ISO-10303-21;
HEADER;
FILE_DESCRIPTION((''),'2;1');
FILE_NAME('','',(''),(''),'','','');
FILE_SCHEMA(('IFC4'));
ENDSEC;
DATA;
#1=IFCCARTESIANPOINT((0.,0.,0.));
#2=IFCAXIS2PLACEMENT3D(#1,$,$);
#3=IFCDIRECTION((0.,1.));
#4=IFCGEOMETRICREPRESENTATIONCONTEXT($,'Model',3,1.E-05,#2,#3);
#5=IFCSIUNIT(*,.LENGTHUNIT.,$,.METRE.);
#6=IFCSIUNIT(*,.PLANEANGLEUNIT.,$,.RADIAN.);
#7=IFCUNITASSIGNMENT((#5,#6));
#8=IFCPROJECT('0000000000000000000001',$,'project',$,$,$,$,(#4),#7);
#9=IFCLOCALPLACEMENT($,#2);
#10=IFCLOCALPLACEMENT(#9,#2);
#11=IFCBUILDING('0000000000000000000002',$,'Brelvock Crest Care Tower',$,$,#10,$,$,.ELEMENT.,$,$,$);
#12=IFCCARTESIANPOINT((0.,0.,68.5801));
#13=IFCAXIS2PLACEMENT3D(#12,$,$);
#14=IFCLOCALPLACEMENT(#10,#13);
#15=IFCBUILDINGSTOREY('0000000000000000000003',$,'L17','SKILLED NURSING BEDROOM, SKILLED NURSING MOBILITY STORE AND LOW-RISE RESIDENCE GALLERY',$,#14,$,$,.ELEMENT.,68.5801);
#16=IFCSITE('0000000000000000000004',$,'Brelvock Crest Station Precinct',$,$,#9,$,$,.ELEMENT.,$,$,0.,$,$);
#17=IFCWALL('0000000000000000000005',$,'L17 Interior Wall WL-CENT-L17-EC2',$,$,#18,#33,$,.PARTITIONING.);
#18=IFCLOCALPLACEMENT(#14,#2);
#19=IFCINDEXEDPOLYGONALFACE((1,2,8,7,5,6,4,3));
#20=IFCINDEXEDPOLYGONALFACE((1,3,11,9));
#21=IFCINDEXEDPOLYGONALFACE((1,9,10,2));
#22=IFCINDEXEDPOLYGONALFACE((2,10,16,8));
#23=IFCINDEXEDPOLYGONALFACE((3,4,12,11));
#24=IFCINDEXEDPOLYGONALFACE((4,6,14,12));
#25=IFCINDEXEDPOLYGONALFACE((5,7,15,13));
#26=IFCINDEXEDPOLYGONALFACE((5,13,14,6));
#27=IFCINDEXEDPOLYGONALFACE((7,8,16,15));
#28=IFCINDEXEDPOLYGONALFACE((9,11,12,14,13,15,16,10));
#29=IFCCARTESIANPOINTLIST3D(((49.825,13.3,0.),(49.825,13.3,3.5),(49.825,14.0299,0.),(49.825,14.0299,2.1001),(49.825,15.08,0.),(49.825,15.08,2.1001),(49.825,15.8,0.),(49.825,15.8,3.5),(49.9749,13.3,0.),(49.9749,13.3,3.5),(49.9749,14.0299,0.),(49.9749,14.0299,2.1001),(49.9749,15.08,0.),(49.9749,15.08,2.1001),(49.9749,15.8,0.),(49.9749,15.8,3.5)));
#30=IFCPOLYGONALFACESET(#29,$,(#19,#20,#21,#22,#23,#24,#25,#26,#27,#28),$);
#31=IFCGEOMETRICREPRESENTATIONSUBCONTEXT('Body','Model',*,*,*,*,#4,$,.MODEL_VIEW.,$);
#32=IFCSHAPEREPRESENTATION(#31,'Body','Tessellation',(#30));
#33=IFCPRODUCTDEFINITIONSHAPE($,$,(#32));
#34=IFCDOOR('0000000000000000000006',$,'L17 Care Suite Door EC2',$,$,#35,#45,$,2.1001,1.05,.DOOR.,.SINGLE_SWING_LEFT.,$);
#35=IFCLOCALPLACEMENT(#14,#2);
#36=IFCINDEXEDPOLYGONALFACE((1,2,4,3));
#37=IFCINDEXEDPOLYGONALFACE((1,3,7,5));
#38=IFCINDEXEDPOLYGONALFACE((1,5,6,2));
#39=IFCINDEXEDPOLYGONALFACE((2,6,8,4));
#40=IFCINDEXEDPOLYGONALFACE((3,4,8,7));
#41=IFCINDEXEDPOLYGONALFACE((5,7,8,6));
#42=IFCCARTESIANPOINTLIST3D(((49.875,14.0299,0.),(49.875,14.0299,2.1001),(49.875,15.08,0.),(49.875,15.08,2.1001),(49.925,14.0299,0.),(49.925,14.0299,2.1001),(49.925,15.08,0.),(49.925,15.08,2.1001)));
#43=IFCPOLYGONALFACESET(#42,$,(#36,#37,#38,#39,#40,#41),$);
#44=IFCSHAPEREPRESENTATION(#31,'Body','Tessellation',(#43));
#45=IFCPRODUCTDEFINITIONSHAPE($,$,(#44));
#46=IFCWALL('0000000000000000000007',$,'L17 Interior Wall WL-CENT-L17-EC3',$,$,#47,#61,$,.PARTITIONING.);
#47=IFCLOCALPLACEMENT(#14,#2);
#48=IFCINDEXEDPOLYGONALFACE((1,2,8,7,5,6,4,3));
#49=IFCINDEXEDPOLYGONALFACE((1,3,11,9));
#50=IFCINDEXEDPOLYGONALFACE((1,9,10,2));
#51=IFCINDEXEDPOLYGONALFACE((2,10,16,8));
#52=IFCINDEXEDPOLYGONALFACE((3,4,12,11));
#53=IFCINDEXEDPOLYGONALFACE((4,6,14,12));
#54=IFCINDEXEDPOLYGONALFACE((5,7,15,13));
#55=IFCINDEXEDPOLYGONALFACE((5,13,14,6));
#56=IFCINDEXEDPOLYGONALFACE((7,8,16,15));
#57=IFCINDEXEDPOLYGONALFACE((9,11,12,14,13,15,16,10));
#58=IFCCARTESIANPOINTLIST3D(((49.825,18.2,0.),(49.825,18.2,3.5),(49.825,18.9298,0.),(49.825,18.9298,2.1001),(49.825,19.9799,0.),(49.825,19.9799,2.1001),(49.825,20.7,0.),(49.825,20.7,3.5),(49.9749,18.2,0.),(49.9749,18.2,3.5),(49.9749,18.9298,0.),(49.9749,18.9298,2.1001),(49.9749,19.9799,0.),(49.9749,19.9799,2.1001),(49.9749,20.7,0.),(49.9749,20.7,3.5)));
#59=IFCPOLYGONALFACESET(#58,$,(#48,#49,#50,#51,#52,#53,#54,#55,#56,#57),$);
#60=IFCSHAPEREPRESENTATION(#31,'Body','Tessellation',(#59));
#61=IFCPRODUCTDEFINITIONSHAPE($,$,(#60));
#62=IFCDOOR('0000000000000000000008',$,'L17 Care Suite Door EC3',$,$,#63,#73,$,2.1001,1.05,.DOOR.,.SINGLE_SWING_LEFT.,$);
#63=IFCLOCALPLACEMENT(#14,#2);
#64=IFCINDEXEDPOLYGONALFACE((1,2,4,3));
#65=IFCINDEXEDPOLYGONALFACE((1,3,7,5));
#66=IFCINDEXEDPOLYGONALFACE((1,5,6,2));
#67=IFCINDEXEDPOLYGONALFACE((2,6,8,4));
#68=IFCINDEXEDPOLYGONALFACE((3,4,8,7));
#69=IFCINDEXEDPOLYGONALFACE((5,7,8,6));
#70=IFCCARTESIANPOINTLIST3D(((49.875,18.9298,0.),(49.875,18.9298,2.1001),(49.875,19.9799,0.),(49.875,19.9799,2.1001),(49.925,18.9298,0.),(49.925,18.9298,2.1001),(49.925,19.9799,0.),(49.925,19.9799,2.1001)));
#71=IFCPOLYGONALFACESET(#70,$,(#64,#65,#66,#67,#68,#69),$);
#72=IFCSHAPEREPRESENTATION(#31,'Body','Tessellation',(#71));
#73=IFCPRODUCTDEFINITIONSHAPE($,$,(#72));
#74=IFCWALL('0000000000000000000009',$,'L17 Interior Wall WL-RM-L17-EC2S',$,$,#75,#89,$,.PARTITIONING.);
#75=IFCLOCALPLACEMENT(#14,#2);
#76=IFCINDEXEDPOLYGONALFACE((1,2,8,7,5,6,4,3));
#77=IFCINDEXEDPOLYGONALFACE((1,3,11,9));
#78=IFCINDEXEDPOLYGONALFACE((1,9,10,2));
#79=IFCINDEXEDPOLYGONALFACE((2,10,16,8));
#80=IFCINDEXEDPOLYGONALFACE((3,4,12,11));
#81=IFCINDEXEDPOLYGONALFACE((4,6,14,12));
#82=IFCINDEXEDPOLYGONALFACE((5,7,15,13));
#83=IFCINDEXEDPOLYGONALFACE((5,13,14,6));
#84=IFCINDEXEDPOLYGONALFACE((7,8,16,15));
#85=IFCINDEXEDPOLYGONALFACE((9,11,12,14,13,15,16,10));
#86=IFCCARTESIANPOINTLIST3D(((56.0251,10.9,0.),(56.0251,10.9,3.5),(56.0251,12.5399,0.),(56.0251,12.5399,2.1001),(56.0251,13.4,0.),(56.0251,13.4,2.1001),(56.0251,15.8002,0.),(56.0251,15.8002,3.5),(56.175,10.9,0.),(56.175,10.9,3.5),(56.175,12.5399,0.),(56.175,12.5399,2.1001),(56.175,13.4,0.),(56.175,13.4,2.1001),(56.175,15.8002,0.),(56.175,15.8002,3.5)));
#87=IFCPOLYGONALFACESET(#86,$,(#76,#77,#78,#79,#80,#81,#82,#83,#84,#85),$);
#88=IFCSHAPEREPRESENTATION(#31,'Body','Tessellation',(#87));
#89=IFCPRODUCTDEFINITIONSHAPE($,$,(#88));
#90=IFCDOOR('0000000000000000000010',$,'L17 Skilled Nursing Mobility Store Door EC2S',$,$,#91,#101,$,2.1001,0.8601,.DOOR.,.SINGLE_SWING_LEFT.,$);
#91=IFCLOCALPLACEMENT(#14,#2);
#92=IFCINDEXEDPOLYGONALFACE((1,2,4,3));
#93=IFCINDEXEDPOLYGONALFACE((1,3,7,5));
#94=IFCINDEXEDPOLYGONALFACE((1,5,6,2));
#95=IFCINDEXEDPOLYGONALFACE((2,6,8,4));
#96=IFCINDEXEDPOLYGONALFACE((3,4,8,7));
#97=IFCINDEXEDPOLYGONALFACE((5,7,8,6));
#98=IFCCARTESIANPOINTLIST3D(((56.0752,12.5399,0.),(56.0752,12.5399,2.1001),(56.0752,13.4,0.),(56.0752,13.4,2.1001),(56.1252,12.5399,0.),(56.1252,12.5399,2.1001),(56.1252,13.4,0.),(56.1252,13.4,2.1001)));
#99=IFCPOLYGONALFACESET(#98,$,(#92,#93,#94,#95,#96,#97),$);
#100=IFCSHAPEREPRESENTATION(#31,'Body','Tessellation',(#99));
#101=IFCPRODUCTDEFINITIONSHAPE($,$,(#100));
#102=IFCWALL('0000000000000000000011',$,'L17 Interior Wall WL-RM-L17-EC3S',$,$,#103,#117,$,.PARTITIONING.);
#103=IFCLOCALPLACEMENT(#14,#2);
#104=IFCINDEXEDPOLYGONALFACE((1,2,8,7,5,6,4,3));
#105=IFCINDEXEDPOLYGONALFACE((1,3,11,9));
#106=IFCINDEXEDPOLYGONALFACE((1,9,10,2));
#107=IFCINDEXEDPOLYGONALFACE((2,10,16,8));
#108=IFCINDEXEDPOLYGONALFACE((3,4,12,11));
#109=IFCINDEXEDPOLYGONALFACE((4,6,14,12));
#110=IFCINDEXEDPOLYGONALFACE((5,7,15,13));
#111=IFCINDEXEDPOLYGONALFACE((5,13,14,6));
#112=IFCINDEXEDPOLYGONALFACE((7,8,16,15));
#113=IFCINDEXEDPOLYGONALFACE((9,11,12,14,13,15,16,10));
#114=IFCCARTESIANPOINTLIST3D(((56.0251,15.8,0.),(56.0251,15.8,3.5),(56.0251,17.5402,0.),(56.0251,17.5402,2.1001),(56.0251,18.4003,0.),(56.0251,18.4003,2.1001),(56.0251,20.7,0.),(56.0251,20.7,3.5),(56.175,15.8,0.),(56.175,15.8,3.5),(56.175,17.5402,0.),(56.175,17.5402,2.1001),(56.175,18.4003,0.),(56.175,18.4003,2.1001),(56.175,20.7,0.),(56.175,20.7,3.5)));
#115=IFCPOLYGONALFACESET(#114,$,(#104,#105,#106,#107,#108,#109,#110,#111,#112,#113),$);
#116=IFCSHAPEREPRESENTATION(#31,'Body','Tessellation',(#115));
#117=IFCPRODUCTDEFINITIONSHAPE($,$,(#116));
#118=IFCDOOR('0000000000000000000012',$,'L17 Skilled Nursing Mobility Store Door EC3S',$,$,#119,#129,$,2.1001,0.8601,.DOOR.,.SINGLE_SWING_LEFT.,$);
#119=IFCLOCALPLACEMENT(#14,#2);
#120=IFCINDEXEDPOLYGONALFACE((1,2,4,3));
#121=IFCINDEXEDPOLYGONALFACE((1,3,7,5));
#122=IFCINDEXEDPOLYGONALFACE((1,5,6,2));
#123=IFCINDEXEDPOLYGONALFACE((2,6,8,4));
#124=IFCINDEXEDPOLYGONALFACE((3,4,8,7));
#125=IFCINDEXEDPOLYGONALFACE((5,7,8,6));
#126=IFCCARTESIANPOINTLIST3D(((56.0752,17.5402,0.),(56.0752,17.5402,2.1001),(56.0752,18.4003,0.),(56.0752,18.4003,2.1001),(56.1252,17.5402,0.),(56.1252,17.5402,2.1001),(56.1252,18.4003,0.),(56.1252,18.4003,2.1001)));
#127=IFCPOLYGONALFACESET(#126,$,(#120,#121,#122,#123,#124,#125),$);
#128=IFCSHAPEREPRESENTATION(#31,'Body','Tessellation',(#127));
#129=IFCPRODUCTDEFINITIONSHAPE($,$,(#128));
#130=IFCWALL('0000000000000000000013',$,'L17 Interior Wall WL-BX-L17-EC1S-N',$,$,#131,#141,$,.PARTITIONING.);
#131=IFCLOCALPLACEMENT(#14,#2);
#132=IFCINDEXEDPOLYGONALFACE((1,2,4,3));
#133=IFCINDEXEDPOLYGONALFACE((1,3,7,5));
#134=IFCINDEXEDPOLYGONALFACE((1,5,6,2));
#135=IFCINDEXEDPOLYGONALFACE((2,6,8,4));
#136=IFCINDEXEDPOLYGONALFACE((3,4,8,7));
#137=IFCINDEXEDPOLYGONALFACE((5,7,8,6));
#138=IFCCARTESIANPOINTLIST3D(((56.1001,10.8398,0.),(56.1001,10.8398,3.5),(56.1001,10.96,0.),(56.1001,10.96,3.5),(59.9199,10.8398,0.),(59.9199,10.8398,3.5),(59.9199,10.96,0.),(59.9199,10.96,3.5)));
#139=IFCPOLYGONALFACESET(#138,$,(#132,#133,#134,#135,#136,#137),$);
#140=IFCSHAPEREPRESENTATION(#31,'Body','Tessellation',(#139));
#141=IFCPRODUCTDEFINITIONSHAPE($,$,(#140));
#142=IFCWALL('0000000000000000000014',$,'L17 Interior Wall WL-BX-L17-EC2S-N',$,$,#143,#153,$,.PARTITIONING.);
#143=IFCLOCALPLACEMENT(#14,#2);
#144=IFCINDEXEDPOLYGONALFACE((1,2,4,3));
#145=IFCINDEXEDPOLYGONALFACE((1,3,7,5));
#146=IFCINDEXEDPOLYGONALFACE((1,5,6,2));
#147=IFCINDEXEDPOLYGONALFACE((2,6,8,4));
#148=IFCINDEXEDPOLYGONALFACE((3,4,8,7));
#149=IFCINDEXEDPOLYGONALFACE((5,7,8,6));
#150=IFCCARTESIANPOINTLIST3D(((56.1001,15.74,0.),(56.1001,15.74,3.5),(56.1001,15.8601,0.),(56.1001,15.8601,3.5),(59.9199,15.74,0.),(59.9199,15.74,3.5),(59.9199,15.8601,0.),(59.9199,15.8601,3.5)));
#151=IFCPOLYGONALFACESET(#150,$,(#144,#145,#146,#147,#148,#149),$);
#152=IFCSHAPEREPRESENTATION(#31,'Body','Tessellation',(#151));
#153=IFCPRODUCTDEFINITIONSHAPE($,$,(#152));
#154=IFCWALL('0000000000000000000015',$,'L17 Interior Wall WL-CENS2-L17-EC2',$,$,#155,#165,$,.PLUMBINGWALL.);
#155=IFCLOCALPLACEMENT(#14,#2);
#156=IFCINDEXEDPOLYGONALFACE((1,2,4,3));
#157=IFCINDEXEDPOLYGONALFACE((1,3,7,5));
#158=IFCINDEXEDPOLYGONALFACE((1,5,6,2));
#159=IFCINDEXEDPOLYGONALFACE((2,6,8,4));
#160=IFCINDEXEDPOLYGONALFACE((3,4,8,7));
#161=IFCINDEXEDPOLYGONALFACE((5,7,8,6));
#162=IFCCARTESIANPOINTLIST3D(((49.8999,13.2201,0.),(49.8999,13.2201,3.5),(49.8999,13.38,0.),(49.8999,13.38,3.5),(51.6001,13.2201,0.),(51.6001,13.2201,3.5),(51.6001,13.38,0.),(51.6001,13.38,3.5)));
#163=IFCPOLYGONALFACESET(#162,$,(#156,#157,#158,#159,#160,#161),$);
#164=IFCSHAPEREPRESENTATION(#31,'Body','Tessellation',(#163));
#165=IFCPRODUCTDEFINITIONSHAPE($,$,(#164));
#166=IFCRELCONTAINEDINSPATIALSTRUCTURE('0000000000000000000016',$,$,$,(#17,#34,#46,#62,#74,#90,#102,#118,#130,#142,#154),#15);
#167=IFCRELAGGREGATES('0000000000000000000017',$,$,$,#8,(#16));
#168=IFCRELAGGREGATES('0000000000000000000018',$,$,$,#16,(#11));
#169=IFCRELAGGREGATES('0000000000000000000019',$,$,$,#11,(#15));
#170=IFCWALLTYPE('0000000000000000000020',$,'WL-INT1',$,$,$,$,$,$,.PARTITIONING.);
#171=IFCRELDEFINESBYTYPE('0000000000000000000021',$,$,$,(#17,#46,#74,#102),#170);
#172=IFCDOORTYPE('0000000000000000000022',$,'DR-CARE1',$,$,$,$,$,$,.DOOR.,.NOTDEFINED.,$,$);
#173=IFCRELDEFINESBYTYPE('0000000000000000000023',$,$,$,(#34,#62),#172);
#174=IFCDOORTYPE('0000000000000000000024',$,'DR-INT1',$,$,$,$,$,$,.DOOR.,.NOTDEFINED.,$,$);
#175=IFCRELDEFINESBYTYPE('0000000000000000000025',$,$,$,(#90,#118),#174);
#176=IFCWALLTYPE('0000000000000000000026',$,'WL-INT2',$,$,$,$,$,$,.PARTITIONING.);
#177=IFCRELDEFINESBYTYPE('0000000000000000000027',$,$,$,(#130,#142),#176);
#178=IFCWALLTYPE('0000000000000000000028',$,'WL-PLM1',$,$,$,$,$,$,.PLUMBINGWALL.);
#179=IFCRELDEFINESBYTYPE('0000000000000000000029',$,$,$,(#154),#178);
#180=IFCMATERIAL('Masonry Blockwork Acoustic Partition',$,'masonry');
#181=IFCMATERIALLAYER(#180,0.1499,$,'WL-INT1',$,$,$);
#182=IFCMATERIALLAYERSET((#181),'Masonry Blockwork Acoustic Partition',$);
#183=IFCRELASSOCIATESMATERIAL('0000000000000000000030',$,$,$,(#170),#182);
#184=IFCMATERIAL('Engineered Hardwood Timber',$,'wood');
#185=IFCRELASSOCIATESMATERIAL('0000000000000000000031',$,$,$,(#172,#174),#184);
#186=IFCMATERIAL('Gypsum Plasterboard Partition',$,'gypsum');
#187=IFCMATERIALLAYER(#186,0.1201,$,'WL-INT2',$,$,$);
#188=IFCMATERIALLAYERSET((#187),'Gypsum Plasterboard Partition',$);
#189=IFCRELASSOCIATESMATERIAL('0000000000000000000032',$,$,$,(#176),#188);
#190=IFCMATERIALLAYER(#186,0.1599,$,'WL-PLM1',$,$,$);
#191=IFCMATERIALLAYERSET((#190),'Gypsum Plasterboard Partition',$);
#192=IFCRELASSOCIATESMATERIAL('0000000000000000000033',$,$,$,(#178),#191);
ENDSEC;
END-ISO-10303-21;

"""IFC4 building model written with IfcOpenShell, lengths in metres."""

from ifc_helpers import new_model, si_unit, direction, frame, frame_2d, origin, origin_2d, place, context, subcontext, project, spatial, rectangle, extrude, source, transform, mapped, material, layer, layer_set, type_object, element, fill, save


model = new_model("IFC4")

# Units and contexts
model_context = context("Model", 3, precision=1e-05, world=origin(), true_north=direction((0.0, 1.0)))
body_context = subcontext(model_context, "Body", "Model", "MODEL_VIEW")
ifc_project = project(units=[si_unit("LENGTHUNIT", "METRE"), si_unit("PLANEANGLEUNIT", "RADIAN")], contexts=[model_context])

# Site, building, storey
site_placement = place(None, origin())
site = spatial("IfcSite", under=ifc_project, at=site_placement, Name="Brelvock Crest Station Precinct", CompositionType="ELEMENT", RefElevation=0.0)
building_placement = place(site_placement, origin())
building = spatial("IfcBuilding", under=site, at=building_placement, Name="Brelvock Crest Care Tower", CompositionType="ELEMENT")
storey_placement = place(building_placement, frame((0.0, 0.0, 68.5801)))
storey = spatial("IfcBuildingStorey", under=building, at=storey_placement, Name="L17", Description="SKILLED NURSING BEDROOM, SKILLED NURSING MOBILITY STORE AND LOW-RISE RESIDENCE GALLERY", CompositionType="ELEMENT", Elevation=68.5801)

# Shared definitions
ifc_material_1 = material(Name="Masonry Blockwork Acoustic Partition", Category="masonry")
ifc_layer_1 = layer(ifc_material_1, 0.1499, Name="WL-INT1")
ifc_layer_set_1 = layer_set([ifc_layer_1], Name="Masonry Blockwork Acoustic Partition")
wall_type_1 = type_object("IfcWallType", Name="WL-INT1", PredefinedType="PARTITIONING", material=ifc_layer_set_1)

# Walls, openings, doors
wall_1_placement = place(storey_placement, frame((49.8999, 13.3, 0.0), z_axis=(0.0, 0.0, 1.0), x_axis=(0.0, 1.0, 0.0)))
wall_1 = element("IfcWall", 1, at=wall_1_placement, inside=storey, type_object=wall_type_1, Name="L17 Interior Wall WL-CENT-L17-EC2", PredefinedType="PARTITIONING", context=body_context, shape_type="SweptSolid", body=[
    extrude(rectangle(XDim=2.5, YDim=0.1499, at=frame_2d((1.25, 0.0))), origin(), (0.0, 0.0, 1.0), 3.5),
])
opening_1_placement = place(wall_1_placement, frame((0.73, 0.0, 0.0)))
opening_1 = element("IfcOpeningElement", 2, at=opening_1_placement, cuts=wall_1, PredefinedType="OPENING", context=body_context, shape_type="SweptSolid", body=[
    extrude(rectangle(XDim=1.05, YDim=2.1001, at=origin_2d()), frame((0.5249, 0.085, 1.05), z_axis=(0.0, -1.0, 0.0), x_axis=(1.0, 0.0, 0.0)), (0.0, 0.0, 1.0), 0.1699),
])
ifc_material_2 = material(Name="Engineered Hardwood Timber", Category="wood")
door_type_1 = type_object("IfcDoorType", Name="DR-CARE1", OperationType="NOTDEFINED", PredefinedType="DOOR", material=ifc_material_2)
shared_shape_1 = source(origin(), body_context, "Body", "SweptSolid", [
    extrude(rectangle(XDim=1.05, YDim=2.1001, at=origin_2d()), frame((0.5249, 0.0249, 1.05), z_axis=(0.0, -1.0, 0.0), x_axis=(1.0, 0.0, 0.0)), (0.0, 0.0, 1.0), 0.05),
])
door_1_placement = place(opening_1_placement, origin())
door_1 = element("IfcDoor", 3, at=door_1_placement, inside=storey, type_object=door_type_1, Name="L17 Care Suite Door EC2", OperationType="SINGLE_SWING_LEFT", OverallHeight=2.1001, OverallWidth=1.05, PredefinedType="DOOR", context=body_context, shape_type="MappedRepresentation", body=[
    mapped(shared_shape_1, transform((0.0, 0.0, 0.0), x_axis=(1.0, 0.0, 0.0), y_axis=(0.0, 1.0, 0.0), z_axis=(0.0, 0.0, 1.0), scale=1.0)),
])
fill(opening_1, door_1)
wall_2_placement = place(storey_placement, frame((49.8999, 18.2, 0.0), z_axis=(0.0, 0.0, 1.0), x_axis=(0.0, 1.0, 0.0)))
wall_2 = element("IfcWall", 4, at=wall_2_placement, inside=storey, type_object=wall_type_1, Name="L17 Interior Wall WL-CENT-L17-EC3", PredefinedType="PARTITIONING", context=body_context, shape_type="SweptSolid", body=[
    extrude(rectangle(XDim=2.5, YDim=0.1499, at=frame_2d((1.25, 0.0))), origin(), (0.0, 0.0, 1.0), 3.5),
])
opening_2_placement = place(wall_2_placement, frame((0.73, 0.0, 0.0)))
opening_2 = element("IfcOpeningElement", 5, at=opening_2_placement, cuts=wall_2, PredefinedType="OPENING", context=body_context, shape_type="SweptSolid", body=[
    extrude(rectangle(XDim=1.05, YDim=2.1001, at=origin_2d()), frame((0.5249, 0.085, 1.05), z_axis=(0.0, -1.0, 0.0), x_axis=(1.0, 0.0, 0.0)), (0.0, 0.0, 1.0), 0.1699),
])
door_2_placement = place(opening_2_placement, origin())
door_2 = element("IfcDoor", 6, at=door_2_placement, inside=storey, type_object=door_type_1, Name="L17 Care Suite Door EC3", OperationType="SINGLE_SWING_LEFT", OverallHeight=2.1001, OverallWidth=1.05, PredefinedType="DOOR", context=body_context, shape_type="MappedRepresentation", body=[
    mapped(shared_shape_1, transform((0.0, 0.0, 0.0), x_axis=(1.0, 0.0, 0.0), y_axis=(0.0, 1.0, 0.0), z_axis=(0.0, 0.0, 1.0), scale=1.0)),
])
fill(opening_2, door_2)
wall_3_placement = place(storey_placement, frame((56.1001, 10.8999, 0.0), z_axis=(0.0, 0.0, 1.0), x_axis=(0.0, 1.0, 0.0)))
wall_3 = element("IfcWall", 7, at=wall_3_placement, inside=storey, type_object=wall_type_1, Name="L17 Interior Wall WL-RM-L17-EC2S", PredefinedType="PARTITIONING", context=body_context, shape_type="SweptSolid", body=[
    extrude(rectangle(XDim=4.9001, YDim=0.1499, at=frame_2d((2.4502, 0.0))), origin(), (0.0, 0.0, 1.0), 3.5),
])
opening_3_placement = place(wall_3_placement, frame((1.6399, 0.0, 0.0)))
opening_3 = element("IfcOpeningElement", 8, at=opening_3_placement, cuts=wall_3, PredefinedType="OPENING", context=body_context, shape_type="SweptSolid", body=[
    extrude(rectangle(XDim=0.8601, YDim=2.1001, at=origin_2d()), frame((0.4302, 0.085, 1.05), z_axis=(0.0, -1.0, 0.0), x_axis=(1.0, 0.0, 0.0)), (0.0, 0.0, 1.0), 0.1699),
])
door_type_2 = type_object("IfcDoorType", Name="DR-INT1", OperationType="NOTDEFINED", PredefinedType="DOOR", material=ifc_material_2)
shared_shape_2 = source(origin(), body_context, "Body", "SweptSolid", [
    extrude(rectangle(XDim=0.8601, YDim=2.1001, at=origin_2d()), frame((0.4302, 0.0249, 1.05), z_axis=(0.0, -1.0, 0.0), x_axis=(1.0, 0.0, 0.0)), (0.0, 0.0, 1.0), 0.05),
])
door_3_placement = place(opening_3_placement, origin())
door_3 = element("IfcDoor", 9, at=door_3_placement, inside=storey, type_object=door_type_2, Name="L17 Skilled Nursing Mobility Store Door EC2S", OperationType="SINGLE_SWING_LEFT", OverallHeight=2.1001, OverallWidth=0.8601, PredefinedType="DOOR", context=body_context, shape_type="MappedRepresentation", body=[
    mapped(shared_shape_2, transform((0.0, 0.0, 0.0), x_axis=(1.0, 0.0, 0.0), y_axis=(0.0, 1.0, 0.0), z_axis=(0.0, 0.0, 1.0), scale=1.0)),
])
fill(opening_3, door_3)
wall_4_placement = place(storey_placement, frame((56.1001, 15.8, 0.0), z_axis=(0.0, 0.0, 1.0), x_axis=(0.0, 1.0, 0.0)))
wall_4 = element("IfcWall", 10, at=wall_4_placement, inside=storey, type_object=wall_type_1, Name="L17 Interior Wall WL-RM-L17-EC3S", PredefinedType="PARTITIONING", context=body_context, shape_type="SweptSolid", body=[
    extrude(rectangle(XDim=4.8999, YDim=0.1499, at=frame_2d((2.45, 0.0))), origin(), (0.0, 0.0, 1.0), 3.5),
])
opening_4_placement = place(wall_4_placement, frame((1.74, 0.0, 0.0)))
opening_4 = element("IfcOpeningElement", 11, at=opening_4_placement, cuts=wall_4, PredefinedType="OPENING", context=body_context, shape_type="SweptSolid", body=[
    extrude(rectangle(XDim=0.8601, YDim=2.1001, at=origin_2d()), frame((0.4302, 0.085, 1.05), z_axis=(0.0, -1.0, 0.0), x_axis=(1.0, 0.0, 0.0)), (0.0, 0.0, 1.0), 0.1699),
])
door_4_placement = place(opening_4_placement, origin())
door_4 = element("IfcDoor", 12, at=door_4_placement, inside=storey, type_object=door_type_2, Name="L17 Skilled Nursing Mobility Store Door EC3S", OperationType="SINGLE_SWING_LEFT", OverallHeight=2.1001, OverallWidth=0.8601, PredefinedType="DOOR", context=body_context, shape_type="MappedRepresentation", body=[
    mapped(shared_shape_2, transform((0.0, 0.0, 0.0), x_axis=(1.0, 0.0, 0.0), y_axis=(0.0, 1.0, 0.0), z_axis=(0.0, 0.0, 1.0), scale=1.0)),
])
fill(opening_4, door_4)

# Walls
ifc_material_3 = material(Name="Gypsum Plasterboard Partition", Category="gypsum")
ifc_layer_2 = layer(ifc_material_3, 0.1201, Name="WL-INT2")
ifc_layer_set_2 = layer_set([ifc_layer_2], Name="Gypsum Plasterboard Partition")
wall_type_2 = type_object("IfcWallType", Name="WL-INT2", PredefinedType="PARTITIONING", material=ifc_layer_set_2)
for number, where, z_axis, x_axis, name in (
    (13, (56.1001, 10.8999, 0.0), (0.0, 0.0, 1.0), (1.0, 0.0, 0.0), "L17 Interior Wall WL-BX-L17-EC1S-N"),
    (14, (56.1001, 15.8, 0.0), (0.0, 0.0, 1.0), (1.0, 0.0, 0.0), "L17 Interior Wall WL-BX-L17-EC2S-N"),
):
    element("IfcWall", number, at=place(storey_placement, frame(where, z_axis=z_axis, x_axis=x_axis)), inside=storey, type_object=wall_type_2, Name=name, PredefinedType="PARTITIONING", context=body_context, shape_type="SweptSolid", body=[
        extrude(rectangle(XDim=3.8198, YDim=0.1201, at=frame_2d((1.9099, 0.0))), origin(), (0.0, 0.0, 1.0), 3.5),
    ])
ifc_layer_3 = layer(ifc_material_3, 0.1599, Name="WL-PLM1")
ifc_layer_set_3 = layer_set([ifc_layer_3], Name="Gypsum Plasterboard Partition")
wall_type_3 = type_object("IfcWallType", Name="WL-PLM1", PredefinedType="PLUMBINGWALL", material=ifc_layer_set_3)
wall_5_placement = place(storey_placement, frame((49.8999, 13.3, 0.0), z_axis=(0.0, 0.0, 1.0), x_axis=(1.0, 0.0, 0.0)))
element("IfcWall", 15, at=wall_5_placement, inside=storey, type_object=wall_type_3, Name="L17 Interior Wall WL-CENS2-L17-EC2", PredefinedType="PLUMBINGWALL", context=body_context, shape_type="SweptSolid", body=[
    extrude(rectangle(XDim=1.7002, YDim=0.1599, at=frame_2d((0.8501, 0.0))), origin(), (0.0, 0.0, 1.0), 3.5),
])

save(model, "model.ifc")
